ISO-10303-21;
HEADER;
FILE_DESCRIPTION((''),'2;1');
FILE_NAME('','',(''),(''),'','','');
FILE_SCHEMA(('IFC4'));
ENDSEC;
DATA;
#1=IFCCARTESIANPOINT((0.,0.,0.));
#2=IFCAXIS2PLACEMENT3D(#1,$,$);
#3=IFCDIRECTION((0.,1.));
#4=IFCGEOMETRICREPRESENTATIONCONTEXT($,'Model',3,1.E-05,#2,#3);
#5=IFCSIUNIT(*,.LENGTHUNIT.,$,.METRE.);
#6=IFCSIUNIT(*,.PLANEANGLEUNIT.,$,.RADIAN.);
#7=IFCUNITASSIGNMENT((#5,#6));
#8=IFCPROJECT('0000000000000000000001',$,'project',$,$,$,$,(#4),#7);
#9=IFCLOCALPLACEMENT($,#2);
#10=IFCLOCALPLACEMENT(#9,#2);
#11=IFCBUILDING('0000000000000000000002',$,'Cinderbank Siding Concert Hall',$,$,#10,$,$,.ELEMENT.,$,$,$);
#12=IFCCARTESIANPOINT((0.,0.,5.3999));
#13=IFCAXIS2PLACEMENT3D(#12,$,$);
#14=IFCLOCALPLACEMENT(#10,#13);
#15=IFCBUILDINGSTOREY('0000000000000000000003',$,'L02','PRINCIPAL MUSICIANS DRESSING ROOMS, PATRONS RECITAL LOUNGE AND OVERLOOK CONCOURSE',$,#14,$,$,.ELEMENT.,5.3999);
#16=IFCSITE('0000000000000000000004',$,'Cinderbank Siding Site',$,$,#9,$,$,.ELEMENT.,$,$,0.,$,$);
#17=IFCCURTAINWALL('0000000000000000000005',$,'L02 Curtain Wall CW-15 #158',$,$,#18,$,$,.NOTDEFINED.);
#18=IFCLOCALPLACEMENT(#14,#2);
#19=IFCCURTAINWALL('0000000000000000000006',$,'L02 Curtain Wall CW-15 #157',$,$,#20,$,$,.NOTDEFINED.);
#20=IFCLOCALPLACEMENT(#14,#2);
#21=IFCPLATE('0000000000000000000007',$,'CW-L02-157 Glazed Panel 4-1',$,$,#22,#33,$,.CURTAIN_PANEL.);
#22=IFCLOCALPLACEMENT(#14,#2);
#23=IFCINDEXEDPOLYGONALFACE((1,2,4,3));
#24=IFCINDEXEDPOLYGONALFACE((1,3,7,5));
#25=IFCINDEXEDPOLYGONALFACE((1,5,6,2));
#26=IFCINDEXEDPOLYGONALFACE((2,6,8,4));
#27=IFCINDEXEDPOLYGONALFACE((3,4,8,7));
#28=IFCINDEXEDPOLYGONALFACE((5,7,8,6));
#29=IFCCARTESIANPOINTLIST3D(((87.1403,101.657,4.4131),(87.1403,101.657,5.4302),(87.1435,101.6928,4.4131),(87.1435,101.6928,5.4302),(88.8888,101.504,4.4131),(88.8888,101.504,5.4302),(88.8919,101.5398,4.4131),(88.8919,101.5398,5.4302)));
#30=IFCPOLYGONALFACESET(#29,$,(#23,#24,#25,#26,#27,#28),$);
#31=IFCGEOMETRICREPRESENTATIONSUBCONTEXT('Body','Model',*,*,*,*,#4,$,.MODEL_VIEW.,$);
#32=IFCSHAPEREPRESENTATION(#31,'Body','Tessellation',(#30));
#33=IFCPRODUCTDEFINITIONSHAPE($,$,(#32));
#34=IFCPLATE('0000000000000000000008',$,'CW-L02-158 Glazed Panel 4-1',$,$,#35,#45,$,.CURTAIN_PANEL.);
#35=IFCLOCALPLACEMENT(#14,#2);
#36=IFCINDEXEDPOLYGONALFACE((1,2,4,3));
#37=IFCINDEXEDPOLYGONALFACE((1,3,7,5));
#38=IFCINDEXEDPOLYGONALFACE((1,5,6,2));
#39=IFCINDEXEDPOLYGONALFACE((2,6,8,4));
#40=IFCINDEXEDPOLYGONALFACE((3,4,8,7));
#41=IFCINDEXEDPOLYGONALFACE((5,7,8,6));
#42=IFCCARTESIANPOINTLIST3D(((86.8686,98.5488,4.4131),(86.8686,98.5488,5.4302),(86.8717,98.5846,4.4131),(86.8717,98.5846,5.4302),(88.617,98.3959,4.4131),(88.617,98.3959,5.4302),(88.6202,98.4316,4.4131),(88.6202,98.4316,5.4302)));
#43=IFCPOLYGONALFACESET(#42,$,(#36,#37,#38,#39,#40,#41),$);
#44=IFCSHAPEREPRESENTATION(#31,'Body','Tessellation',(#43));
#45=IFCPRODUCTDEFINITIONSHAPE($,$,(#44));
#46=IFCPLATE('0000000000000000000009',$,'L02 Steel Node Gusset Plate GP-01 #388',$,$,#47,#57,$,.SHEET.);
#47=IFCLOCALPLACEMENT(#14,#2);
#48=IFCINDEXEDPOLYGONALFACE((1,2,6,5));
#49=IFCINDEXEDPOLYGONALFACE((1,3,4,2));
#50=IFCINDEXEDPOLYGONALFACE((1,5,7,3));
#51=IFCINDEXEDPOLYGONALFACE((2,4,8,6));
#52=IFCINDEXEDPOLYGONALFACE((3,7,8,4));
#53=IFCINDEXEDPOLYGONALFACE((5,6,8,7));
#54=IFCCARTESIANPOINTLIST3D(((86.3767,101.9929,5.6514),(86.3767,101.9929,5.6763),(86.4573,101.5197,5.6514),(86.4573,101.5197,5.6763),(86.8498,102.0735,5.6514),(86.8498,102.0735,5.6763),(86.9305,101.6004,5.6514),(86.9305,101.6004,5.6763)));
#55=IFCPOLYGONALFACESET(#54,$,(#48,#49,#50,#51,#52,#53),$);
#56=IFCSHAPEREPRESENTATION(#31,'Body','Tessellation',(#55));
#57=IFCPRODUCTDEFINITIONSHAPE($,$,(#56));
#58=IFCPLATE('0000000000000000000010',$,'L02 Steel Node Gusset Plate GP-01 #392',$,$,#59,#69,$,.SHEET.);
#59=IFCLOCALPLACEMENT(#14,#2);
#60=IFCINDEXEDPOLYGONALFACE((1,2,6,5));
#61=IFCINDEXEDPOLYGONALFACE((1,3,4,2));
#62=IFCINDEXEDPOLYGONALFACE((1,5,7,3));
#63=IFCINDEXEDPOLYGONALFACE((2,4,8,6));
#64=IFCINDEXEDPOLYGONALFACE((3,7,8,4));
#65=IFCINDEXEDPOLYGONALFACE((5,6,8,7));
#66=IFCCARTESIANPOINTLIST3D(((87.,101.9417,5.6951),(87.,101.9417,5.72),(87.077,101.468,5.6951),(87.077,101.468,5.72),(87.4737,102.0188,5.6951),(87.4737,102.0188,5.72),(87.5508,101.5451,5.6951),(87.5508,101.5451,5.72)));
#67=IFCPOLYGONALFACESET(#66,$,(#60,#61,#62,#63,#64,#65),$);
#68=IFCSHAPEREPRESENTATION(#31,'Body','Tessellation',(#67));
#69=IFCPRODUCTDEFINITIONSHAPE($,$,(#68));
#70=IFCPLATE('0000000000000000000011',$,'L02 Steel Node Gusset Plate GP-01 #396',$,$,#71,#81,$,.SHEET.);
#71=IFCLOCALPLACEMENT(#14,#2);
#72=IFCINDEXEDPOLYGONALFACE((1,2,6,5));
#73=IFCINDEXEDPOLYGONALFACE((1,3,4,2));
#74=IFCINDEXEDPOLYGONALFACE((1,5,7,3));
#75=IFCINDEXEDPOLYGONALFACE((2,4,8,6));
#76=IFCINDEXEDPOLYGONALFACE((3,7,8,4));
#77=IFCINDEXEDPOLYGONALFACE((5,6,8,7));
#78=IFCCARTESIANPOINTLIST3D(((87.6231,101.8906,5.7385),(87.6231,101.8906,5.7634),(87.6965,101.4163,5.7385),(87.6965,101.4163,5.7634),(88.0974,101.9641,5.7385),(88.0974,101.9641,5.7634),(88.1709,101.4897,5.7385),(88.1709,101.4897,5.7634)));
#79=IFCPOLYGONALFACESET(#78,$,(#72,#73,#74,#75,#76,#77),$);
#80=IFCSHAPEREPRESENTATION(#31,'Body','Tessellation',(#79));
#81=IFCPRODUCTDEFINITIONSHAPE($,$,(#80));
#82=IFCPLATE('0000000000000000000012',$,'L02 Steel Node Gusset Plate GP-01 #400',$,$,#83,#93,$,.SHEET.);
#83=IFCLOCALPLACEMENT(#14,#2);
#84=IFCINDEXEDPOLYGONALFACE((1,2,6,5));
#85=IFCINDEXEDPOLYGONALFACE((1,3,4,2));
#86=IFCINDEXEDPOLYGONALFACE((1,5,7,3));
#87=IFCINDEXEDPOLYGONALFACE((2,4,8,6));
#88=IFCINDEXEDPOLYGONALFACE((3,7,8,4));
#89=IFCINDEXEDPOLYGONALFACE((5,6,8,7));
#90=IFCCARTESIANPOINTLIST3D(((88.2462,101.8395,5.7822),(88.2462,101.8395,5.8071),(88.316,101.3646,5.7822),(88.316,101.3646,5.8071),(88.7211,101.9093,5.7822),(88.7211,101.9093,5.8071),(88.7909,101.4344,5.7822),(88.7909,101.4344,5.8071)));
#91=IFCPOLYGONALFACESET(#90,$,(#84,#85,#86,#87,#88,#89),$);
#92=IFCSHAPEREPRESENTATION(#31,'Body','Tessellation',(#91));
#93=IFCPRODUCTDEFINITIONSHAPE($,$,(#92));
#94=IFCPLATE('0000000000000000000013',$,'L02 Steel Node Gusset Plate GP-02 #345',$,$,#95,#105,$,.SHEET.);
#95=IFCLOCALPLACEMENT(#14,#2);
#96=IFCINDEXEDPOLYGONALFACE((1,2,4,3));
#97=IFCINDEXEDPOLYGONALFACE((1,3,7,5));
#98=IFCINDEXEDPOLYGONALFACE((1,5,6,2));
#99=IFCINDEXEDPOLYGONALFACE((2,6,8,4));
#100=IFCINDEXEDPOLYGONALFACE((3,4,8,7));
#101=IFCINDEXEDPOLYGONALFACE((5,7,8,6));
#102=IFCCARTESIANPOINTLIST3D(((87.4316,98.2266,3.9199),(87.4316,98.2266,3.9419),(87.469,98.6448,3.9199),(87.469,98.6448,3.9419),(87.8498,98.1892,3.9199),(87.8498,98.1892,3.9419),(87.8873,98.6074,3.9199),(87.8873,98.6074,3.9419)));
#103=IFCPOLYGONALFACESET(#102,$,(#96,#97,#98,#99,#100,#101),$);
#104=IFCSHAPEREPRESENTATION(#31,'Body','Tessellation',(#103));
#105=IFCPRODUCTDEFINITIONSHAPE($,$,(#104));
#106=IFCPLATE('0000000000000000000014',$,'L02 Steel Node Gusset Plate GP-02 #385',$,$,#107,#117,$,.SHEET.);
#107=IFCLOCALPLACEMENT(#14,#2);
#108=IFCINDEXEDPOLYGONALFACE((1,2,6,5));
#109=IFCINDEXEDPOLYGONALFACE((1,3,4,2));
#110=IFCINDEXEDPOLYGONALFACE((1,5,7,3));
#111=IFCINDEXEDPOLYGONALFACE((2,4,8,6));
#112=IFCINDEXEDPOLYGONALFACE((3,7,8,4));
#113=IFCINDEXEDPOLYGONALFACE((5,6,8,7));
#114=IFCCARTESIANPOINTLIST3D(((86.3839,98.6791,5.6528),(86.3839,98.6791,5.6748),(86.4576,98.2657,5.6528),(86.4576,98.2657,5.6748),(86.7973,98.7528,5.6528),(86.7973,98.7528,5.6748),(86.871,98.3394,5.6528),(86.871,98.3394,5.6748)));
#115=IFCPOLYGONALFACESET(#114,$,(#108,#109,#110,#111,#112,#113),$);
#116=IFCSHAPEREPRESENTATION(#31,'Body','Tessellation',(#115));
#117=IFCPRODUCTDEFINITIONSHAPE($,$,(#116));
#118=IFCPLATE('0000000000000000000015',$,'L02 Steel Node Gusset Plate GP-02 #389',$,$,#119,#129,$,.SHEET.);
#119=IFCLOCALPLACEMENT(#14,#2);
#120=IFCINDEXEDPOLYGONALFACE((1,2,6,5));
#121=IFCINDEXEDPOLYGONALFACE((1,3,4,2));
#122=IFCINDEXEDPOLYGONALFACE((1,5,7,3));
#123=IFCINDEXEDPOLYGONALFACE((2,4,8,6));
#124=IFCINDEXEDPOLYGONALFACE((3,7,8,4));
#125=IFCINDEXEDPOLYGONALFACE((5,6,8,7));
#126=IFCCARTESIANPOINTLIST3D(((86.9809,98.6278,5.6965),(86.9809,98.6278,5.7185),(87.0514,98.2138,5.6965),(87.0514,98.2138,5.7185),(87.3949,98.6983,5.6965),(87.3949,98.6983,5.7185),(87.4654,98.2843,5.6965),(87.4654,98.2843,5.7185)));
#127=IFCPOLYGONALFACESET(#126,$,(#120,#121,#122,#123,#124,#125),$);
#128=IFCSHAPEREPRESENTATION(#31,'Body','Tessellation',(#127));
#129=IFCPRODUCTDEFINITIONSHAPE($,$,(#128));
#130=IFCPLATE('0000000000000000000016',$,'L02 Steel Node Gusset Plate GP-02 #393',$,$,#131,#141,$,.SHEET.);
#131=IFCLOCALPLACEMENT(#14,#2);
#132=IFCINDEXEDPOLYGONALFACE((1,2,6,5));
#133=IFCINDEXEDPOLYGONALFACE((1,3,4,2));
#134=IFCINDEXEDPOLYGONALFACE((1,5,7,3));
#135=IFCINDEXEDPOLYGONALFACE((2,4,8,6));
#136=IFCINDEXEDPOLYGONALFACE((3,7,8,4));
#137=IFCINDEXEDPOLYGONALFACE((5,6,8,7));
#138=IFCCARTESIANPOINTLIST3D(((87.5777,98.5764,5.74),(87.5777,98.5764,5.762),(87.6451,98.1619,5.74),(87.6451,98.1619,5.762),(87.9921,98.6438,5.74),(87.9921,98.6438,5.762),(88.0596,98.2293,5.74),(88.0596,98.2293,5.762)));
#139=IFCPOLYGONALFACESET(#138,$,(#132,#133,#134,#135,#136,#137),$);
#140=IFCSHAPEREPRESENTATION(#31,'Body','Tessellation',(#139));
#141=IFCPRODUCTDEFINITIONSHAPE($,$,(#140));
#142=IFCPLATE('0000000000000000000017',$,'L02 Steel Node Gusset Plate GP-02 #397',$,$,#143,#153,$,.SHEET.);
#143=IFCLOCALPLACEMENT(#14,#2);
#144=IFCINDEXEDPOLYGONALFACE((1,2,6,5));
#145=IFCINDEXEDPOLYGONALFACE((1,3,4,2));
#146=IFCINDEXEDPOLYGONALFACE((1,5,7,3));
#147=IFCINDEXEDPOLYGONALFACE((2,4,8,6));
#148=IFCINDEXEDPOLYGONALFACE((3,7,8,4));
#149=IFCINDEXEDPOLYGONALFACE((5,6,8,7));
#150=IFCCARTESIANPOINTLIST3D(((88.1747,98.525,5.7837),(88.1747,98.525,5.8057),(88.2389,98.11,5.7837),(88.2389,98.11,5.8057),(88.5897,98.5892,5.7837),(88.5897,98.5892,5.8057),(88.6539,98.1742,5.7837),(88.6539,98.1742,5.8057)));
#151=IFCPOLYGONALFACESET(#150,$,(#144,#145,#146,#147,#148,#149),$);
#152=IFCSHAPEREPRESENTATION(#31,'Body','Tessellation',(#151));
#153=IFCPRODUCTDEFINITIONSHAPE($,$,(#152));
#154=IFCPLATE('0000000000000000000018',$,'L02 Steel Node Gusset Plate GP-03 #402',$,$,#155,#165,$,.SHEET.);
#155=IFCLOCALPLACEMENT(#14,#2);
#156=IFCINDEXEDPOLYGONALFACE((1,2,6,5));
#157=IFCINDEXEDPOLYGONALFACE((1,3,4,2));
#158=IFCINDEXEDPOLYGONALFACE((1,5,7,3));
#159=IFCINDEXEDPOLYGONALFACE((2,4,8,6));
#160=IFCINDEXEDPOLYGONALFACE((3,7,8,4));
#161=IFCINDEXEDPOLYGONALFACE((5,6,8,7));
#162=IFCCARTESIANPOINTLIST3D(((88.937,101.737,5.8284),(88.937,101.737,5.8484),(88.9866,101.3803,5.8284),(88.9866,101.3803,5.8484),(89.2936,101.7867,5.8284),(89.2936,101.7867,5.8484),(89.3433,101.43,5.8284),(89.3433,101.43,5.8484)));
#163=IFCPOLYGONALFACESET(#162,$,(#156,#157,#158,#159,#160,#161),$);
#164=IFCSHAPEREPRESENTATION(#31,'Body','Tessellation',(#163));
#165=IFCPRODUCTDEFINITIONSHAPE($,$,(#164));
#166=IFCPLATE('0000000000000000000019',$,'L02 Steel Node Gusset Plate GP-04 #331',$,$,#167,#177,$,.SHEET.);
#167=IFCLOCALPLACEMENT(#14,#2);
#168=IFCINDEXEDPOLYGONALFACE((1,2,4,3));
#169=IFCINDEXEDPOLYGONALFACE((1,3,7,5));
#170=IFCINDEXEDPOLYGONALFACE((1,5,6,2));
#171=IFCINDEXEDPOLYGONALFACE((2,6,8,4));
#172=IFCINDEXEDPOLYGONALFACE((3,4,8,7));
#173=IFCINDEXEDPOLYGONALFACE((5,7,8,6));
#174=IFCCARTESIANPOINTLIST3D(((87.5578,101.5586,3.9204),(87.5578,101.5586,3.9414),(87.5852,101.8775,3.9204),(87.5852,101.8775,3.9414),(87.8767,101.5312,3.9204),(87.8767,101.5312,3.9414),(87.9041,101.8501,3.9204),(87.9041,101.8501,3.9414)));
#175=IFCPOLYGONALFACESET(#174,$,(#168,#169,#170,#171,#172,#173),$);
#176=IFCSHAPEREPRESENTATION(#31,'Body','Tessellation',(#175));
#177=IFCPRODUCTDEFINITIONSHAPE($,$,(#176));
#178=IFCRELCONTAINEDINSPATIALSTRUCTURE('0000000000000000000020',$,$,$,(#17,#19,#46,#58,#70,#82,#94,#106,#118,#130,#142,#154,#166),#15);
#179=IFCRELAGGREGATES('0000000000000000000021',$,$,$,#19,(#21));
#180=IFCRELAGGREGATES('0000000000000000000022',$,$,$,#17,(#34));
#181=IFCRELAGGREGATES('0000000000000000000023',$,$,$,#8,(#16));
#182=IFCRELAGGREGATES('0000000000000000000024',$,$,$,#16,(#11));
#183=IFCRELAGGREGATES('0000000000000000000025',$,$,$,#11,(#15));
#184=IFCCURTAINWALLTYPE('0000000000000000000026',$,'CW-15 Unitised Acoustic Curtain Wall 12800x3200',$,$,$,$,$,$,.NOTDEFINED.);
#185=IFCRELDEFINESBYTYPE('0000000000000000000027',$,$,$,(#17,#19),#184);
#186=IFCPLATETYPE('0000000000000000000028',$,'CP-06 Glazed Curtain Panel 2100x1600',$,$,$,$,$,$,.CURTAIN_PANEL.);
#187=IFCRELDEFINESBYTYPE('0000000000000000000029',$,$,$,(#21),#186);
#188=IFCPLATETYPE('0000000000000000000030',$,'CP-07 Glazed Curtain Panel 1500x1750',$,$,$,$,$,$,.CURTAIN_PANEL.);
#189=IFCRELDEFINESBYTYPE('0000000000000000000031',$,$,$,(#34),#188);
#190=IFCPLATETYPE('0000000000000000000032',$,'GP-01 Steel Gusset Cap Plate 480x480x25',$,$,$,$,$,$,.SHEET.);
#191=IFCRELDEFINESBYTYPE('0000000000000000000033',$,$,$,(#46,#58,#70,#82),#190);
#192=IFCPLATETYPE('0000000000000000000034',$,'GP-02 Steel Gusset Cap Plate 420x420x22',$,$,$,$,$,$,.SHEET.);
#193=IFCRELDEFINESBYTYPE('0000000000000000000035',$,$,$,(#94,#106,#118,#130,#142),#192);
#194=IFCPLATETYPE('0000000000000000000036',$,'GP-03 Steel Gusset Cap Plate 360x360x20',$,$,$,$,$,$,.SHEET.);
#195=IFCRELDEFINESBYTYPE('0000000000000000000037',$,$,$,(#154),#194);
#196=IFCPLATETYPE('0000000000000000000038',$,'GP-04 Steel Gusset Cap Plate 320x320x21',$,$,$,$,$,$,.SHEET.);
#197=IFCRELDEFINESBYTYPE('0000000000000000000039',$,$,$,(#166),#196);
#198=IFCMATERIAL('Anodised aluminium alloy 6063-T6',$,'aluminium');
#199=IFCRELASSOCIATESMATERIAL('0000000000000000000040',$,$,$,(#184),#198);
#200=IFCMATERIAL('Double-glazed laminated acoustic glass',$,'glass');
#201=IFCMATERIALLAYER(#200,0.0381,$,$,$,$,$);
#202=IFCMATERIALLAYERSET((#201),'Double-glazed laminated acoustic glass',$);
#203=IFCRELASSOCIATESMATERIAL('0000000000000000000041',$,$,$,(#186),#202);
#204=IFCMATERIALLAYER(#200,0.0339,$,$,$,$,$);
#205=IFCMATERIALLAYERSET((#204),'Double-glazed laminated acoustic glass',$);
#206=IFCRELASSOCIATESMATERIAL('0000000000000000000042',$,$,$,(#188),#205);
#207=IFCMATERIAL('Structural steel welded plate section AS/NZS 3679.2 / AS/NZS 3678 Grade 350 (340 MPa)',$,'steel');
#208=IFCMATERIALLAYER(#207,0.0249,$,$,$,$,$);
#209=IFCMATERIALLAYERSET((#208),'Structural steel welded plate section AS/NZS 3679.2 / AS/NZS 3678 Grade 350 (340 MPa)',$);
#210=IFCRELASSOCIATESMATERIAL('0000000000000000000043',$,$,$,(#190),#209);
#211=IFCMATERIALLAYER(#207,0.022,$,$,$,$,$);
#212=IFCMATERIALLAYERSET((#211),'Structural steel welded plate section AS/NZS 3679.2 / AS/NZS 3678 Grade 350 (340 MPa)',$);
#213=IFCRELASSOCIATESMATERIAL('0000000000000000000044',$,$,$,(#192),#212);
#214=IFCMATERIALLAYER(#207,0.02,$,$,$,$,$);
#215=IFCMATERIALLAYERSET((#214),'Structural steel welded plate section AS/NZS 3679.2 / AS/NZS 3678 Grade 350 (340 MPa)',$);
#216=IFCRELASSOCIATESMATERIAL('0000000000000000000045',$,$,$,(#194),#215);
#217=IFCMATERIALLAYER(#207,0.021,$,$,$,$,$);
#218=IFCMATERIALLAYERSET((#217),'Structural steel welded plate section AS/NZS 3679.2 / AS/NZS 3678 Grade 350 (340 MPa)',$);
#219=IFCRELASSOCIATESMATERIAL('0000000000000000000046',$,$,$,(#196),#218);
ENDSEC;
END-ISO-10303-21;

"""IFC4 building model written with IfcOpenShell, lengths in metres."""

from ifc_helpers import new_model, si_unit, direction, frame, origin, origin_2d, place, context, subcontext, project, spatial, rectangle, extrude, material, layer, layer_set, type_object, element, aggregate, save


model = new_model("IFC4")

# Units and contexts
model_context = context("Model", 3, precision=1e-05, world=origin(), true_north=direction((0.0, 1.0)))
body_context = subcontext(model_context, "Body", "Model", "MODEL_VIEW")
ifc_project = project(units=[si_unit("LENGTHUNIT", "METRE"), si_unit("PLANEANGLEUNIT", "RADIAN")], contexts=[model_context])

# Site, building, storey
site_placement = place(None, origin())
site = spatial("IfcSite", under=ifc_project, at=site_placement, Name="Cinderbank Siding Site", CompositionType="ELEMENT", RefElevation=0.0)
building_placement = place(site_placement, origin())
building = spatial("IfcBuilding", under=site, at=building_placement, Name="Cinderbank Siding Concert Hall", CompositionType="ELEMENT")
storey_placement = place(building_placement, frame((0.0, 0.0, 5.3999)))
storey = spatial("IfcBuildingStorey", under=building, at=storey_placement, Name="L02", Description="PRINCIPAL MUSICIANS DRESSING ROOMS, PATRONS RECITAL LOUNGE AND OVERLOOK CONCOURSE", CompositionType="ELEMENT", Elevation=5.3999)

# Curtain walls
ifc_material_1 = material(Name="Anodised aluminium alloy 6063-T6", Category="aluminium")
curtain_wall_type = type_object("IfcCurtainWallType", Name="CW-15 Unitised Acoustic Curtain Wall 12800x3200", PredefinedType="NOTDEFINED", material=ifc_material_1)
curtain_wall_1_placement = place(storey_placement, origin())
curtain_wall_1 = element("IfcCurtainWall", 1, at=curtain_wall_1_placement, inside=storey, type_object=curtain_wall_type, Name="L02 Curtain Wall CW-15 #158", PredefinedType="NOTDEFINED")
curtain_wall_2_placement = place(storey_placement, origin())
curtain_wall_2 = element("IfcCurtainWall", 2, at=curtain_wall_2_placement, inside=storey, type_object=curtain_wall_type, Name="L02 Curtain Wall CW-15 #157", PredefinedType="NOTDEFINED")

# Plates
ifc_material_2 = material(Name="Double-glazed laminated acoustic glass", Category="glass")
ifc_layer_1 = layer(ifc_material_2, 0.0381)
ifc_layer_set_1 = layer_set([ifc_layer_1], Name="Double-glazed laminated acoustic glass")
plate_type_1 = type_object("IfcPlateType", Name="CP-06 Glazed Curtain Panel 2100x1600", PredefinedType="CURTAIN_PANEL", material=ifc_layer_set_1)
plate_1_placement = place(storey_placement, frame((88.0161, 101.5984, 4.4131), z_axis=(0.0, 0.0, 1.0), x_axis=(0.996195, -0.087157, 0.0)))
plate_1 = element("IfcPlate", 3, at=plate_1_placement, type_object=plate_type_1, Name="CW-L02-157 Glazed Panel 4-1", PredefinedType="CURTAIN_PANEL", context=body_context, shape_type="SweptSolid", body=[
    extrude(rectangle(XDim=1.7551, YDim=0.0359, at=origin_2d()), origin(), (0.0, 0.0, 1.0), 1.0171),
])
aggregate(curtain_wall_2, [plate_1])
ifc_layer_2 = layer(ifc_material_2, 0.0339)
ifc_layer_set_2 = layer_set([ifc_layer_2], Name="Double-glazed laminated acoustic glass")
plate_type_2 = type_object("IfcPlateType", Name="CP-07 Glazed Curtain Panel 1500x1750", PredefinedType="CURTAIN_PANEL", material=ifc_layer_set_2)
plate_2_placement = place(storey_placement, frame((87.7444, 98.4902, 4.4131), z_axis=(0.0, 0.0, 1.0), x_axis=(0.996195, -0.087157, 0.0)))
plate_2 = element("IfcPlate", 4, at=plate_2_placement, type_object=plate_type_2, Name="CW-L02-158 Glazed Panel 4-1", PredefinedType="CURTAIN_PANEL", context=body_context, shape_type="SweptSolid", body=[
    extrude(rectangle(XDim=1.7551, YDim=0.0359, at=origin_2d()), origin(), (0.0, 0.0, 1.0), 1.0171),
])
aggregate(curtain_wall_1, [plate_2])

# Plates
ifc_material_3 = material(Name="Structural steel welded plate section AS/NZS 3679.2 / AS/NZS 3678 Grade 350 (340 MPa)", Category="steel")
ifc_layer_3 = layer(ifc_material_3, 0.0249)
ifc_layer_set_3 = layer_set([ifc_layer_3], Name="Structural steel welded plate section AS/NZS 3679.2 / AS/NZS 3678 Grade 350 (340 MPa)")
plate_type_3 = type_object("IfcPlateType", Name="GP-01 Steel Gusset Cap Plate 480x480x25", PredefinedType="SHEET", material=ifc_layer_set_3)
for number, where, z_axis, x_axis, name in (
    (5, (86.6536, 101.7966, 5.6514), (0.0, 0.0, 1.0), (0.167973, -0.985792, 0.0), "L02 Steel Node Gusset Plate GP-01 #388"),
    (6, (87.2754, 101.7434, 5.6951), (0.0, 0.0, 1.0), (0.16057, -0.987024, 0.0), "L02 Steel Node Gusset Plate GP-01 #392"),
    (7, (87.897, 101.6902, 5.7385), (0.0, 0.0, 1.0), (0.152986, -0.988228, 0.0), "L02 Steel Node Gusset Plate GP-01 #396"),
    (8, (88.5186, 101.637, 5.7822), (0.0, 0.0, 1.0), (0.145392, -0.989374, 0.0), "L02 Steel Node Gusset Plate GP-01 #400"),
):
    element("IfcPlate", number, at=place(storey_placement, frame(where, z_axis=z_axis, x_axis=x_axis)), inside=storey, type_object=plate_type_3, Name=name, PredefinedType="SHEET", context=body_context, shape_type="SweptSolid", body=[
        extrude(rectangle(XDim=0.48, YDim=0.48, at=origin_2d()), origin(), (0.0, 0.0, 1.0), 0.0249),
    ])
ifc_layer_4 = layer(ifc_material_3, 0.022)
ifc_layer_set_4 = layer_set([ifc_layer_4], Name="Structural steel welded plate section AS/NZS 3679.2 / AS/NZS 3678 Grade 350 (340 MPa)")
plate_type_4 = type_object("IfcPlateType", Name="GP-02 Steel Gusset Cap Plate 420x420x22", PredefinedType="SHEET", material=ifc_layer_set_4)
for number, where, z_axis, x_axis, name in (
    (9, (87.6594, 98.417, 3.9199), (0.0, 0.0, 1.0), (0.996026, -0.089068, 0.0), "L02 Steel Node Gusset Plate GP-02 #345"),
    (10, (86.6274, 98.5093, 5.6528), (0.0, 0.0, 1.0), (0.175539, -0.984473, 0.0), "L02 Steel Node Gusset Plate GP-02 #385"),
    (11, (87.2231, 98.4561, 5.6965), (0.0, 0.0, 1.0), (0.167973, -0.985792, 0.0), "L02 Steel Node Gusset Plate GP-02 #389"),
    (12, (87.8186, 98.4028, 5.74), (0.0, 0.0, 1.0), (0.16057, -0.987024, 0.0), "L02 Steel Node Gusset Plate GP-02 #393"),
    (13, (88.4143, 98.3496, 5.7837), (0.0, 0.0, 1.0), (0.152986, -0.988228, 0.0), "L02 Steel Node Gusset Plate GP-02 #397"),
):
    element("IfcPlate", number, at=place(storey_placement, frame(where, z_axis=z_axis, x_axis=x_axis)), inside=storey, type_object=plate_type_4, Name=name, PredefinedType="SHEET", context=body_context, shape_type="SweptSolid", body=[
        extrude(rectangle(XDim=0.4199, YDim=0.4199, at=origin_2d()), origin(), (0.0, 0.0, 1.0), 0.022),
    ])
ifc_layer_5 = layer(ifc_material_3, 0.02)
ifc_layer_set_5 = layer_set([ifc_layer_5], Name="Structural steel welded plate section AS/NZS 3679.2 / AS/NZS 3678 Grade 350 (340 MPa)")
plate_type_5 = type_object("IfcPlateType", Name="GP-03 Steel Gusset Cap Plate 360x360x20", PredefinedType="SHEET", material=ifc_layer_set_5)
plate_3_placement = place(storey_placement, frame((89.1401, 101.5835, 5.8284), z_axis=(0.0, 0.0, 1.0), x_axis=(0.137963, -0.990437, 0.0)))
element("IfcPlate", 14, at=plate_3_placement, inside=storey, type_object=plate_type_5, Name="L02 Steel Node Gusset Plate GP-03 #402", PredefinedType="SHEET", context=body_context, shape_type="SweptSolid", body=[
    extrude(rectangle(XDim=0.3601, YDim=0.3601, at=origin_2d()), origin(), (0.0, 0.0, 1.0), 0.02),
])
ifc_layer_6 = layer(ifc_material_3, 0.021)
ifc_layer_set_6 = layer_set([ifc_layer_6], Name="Structural steel welded plate section AS/NZS 3679.2 / AS/NZS 3678 Grade 350 (340 MPa)")
plate_type_6 = type_object("IfcPlateType", Name="GP-04 Steel Gusset Cap Plate 320x320x21", PredefinedType="SHEET", material=ifc_layer_set_6)
plate_4_placement = place(storey_placement, frame((87.731, 101.7043, 3.9204), z_axis=(0.0, 0.0, 1.0), x_axis=(0.996345, -0.085417, 0.0)))
element("IfcPlate", 15, at=plate_4_placement, inside=storey, type_object=plate_type_6, Name="L02 Steel Node Gusset Plate GP-04 #331", PredefinedType="SHEET", context=body_context, shape_type="SweptSolid", body=[
    extrude(rectangle(XDim=0.3201, YDim=0.3201, at=origin_2d()), origin(), (0.0, 0.0, 1.0), 0.021),
])

save(model, "model.ifc")
